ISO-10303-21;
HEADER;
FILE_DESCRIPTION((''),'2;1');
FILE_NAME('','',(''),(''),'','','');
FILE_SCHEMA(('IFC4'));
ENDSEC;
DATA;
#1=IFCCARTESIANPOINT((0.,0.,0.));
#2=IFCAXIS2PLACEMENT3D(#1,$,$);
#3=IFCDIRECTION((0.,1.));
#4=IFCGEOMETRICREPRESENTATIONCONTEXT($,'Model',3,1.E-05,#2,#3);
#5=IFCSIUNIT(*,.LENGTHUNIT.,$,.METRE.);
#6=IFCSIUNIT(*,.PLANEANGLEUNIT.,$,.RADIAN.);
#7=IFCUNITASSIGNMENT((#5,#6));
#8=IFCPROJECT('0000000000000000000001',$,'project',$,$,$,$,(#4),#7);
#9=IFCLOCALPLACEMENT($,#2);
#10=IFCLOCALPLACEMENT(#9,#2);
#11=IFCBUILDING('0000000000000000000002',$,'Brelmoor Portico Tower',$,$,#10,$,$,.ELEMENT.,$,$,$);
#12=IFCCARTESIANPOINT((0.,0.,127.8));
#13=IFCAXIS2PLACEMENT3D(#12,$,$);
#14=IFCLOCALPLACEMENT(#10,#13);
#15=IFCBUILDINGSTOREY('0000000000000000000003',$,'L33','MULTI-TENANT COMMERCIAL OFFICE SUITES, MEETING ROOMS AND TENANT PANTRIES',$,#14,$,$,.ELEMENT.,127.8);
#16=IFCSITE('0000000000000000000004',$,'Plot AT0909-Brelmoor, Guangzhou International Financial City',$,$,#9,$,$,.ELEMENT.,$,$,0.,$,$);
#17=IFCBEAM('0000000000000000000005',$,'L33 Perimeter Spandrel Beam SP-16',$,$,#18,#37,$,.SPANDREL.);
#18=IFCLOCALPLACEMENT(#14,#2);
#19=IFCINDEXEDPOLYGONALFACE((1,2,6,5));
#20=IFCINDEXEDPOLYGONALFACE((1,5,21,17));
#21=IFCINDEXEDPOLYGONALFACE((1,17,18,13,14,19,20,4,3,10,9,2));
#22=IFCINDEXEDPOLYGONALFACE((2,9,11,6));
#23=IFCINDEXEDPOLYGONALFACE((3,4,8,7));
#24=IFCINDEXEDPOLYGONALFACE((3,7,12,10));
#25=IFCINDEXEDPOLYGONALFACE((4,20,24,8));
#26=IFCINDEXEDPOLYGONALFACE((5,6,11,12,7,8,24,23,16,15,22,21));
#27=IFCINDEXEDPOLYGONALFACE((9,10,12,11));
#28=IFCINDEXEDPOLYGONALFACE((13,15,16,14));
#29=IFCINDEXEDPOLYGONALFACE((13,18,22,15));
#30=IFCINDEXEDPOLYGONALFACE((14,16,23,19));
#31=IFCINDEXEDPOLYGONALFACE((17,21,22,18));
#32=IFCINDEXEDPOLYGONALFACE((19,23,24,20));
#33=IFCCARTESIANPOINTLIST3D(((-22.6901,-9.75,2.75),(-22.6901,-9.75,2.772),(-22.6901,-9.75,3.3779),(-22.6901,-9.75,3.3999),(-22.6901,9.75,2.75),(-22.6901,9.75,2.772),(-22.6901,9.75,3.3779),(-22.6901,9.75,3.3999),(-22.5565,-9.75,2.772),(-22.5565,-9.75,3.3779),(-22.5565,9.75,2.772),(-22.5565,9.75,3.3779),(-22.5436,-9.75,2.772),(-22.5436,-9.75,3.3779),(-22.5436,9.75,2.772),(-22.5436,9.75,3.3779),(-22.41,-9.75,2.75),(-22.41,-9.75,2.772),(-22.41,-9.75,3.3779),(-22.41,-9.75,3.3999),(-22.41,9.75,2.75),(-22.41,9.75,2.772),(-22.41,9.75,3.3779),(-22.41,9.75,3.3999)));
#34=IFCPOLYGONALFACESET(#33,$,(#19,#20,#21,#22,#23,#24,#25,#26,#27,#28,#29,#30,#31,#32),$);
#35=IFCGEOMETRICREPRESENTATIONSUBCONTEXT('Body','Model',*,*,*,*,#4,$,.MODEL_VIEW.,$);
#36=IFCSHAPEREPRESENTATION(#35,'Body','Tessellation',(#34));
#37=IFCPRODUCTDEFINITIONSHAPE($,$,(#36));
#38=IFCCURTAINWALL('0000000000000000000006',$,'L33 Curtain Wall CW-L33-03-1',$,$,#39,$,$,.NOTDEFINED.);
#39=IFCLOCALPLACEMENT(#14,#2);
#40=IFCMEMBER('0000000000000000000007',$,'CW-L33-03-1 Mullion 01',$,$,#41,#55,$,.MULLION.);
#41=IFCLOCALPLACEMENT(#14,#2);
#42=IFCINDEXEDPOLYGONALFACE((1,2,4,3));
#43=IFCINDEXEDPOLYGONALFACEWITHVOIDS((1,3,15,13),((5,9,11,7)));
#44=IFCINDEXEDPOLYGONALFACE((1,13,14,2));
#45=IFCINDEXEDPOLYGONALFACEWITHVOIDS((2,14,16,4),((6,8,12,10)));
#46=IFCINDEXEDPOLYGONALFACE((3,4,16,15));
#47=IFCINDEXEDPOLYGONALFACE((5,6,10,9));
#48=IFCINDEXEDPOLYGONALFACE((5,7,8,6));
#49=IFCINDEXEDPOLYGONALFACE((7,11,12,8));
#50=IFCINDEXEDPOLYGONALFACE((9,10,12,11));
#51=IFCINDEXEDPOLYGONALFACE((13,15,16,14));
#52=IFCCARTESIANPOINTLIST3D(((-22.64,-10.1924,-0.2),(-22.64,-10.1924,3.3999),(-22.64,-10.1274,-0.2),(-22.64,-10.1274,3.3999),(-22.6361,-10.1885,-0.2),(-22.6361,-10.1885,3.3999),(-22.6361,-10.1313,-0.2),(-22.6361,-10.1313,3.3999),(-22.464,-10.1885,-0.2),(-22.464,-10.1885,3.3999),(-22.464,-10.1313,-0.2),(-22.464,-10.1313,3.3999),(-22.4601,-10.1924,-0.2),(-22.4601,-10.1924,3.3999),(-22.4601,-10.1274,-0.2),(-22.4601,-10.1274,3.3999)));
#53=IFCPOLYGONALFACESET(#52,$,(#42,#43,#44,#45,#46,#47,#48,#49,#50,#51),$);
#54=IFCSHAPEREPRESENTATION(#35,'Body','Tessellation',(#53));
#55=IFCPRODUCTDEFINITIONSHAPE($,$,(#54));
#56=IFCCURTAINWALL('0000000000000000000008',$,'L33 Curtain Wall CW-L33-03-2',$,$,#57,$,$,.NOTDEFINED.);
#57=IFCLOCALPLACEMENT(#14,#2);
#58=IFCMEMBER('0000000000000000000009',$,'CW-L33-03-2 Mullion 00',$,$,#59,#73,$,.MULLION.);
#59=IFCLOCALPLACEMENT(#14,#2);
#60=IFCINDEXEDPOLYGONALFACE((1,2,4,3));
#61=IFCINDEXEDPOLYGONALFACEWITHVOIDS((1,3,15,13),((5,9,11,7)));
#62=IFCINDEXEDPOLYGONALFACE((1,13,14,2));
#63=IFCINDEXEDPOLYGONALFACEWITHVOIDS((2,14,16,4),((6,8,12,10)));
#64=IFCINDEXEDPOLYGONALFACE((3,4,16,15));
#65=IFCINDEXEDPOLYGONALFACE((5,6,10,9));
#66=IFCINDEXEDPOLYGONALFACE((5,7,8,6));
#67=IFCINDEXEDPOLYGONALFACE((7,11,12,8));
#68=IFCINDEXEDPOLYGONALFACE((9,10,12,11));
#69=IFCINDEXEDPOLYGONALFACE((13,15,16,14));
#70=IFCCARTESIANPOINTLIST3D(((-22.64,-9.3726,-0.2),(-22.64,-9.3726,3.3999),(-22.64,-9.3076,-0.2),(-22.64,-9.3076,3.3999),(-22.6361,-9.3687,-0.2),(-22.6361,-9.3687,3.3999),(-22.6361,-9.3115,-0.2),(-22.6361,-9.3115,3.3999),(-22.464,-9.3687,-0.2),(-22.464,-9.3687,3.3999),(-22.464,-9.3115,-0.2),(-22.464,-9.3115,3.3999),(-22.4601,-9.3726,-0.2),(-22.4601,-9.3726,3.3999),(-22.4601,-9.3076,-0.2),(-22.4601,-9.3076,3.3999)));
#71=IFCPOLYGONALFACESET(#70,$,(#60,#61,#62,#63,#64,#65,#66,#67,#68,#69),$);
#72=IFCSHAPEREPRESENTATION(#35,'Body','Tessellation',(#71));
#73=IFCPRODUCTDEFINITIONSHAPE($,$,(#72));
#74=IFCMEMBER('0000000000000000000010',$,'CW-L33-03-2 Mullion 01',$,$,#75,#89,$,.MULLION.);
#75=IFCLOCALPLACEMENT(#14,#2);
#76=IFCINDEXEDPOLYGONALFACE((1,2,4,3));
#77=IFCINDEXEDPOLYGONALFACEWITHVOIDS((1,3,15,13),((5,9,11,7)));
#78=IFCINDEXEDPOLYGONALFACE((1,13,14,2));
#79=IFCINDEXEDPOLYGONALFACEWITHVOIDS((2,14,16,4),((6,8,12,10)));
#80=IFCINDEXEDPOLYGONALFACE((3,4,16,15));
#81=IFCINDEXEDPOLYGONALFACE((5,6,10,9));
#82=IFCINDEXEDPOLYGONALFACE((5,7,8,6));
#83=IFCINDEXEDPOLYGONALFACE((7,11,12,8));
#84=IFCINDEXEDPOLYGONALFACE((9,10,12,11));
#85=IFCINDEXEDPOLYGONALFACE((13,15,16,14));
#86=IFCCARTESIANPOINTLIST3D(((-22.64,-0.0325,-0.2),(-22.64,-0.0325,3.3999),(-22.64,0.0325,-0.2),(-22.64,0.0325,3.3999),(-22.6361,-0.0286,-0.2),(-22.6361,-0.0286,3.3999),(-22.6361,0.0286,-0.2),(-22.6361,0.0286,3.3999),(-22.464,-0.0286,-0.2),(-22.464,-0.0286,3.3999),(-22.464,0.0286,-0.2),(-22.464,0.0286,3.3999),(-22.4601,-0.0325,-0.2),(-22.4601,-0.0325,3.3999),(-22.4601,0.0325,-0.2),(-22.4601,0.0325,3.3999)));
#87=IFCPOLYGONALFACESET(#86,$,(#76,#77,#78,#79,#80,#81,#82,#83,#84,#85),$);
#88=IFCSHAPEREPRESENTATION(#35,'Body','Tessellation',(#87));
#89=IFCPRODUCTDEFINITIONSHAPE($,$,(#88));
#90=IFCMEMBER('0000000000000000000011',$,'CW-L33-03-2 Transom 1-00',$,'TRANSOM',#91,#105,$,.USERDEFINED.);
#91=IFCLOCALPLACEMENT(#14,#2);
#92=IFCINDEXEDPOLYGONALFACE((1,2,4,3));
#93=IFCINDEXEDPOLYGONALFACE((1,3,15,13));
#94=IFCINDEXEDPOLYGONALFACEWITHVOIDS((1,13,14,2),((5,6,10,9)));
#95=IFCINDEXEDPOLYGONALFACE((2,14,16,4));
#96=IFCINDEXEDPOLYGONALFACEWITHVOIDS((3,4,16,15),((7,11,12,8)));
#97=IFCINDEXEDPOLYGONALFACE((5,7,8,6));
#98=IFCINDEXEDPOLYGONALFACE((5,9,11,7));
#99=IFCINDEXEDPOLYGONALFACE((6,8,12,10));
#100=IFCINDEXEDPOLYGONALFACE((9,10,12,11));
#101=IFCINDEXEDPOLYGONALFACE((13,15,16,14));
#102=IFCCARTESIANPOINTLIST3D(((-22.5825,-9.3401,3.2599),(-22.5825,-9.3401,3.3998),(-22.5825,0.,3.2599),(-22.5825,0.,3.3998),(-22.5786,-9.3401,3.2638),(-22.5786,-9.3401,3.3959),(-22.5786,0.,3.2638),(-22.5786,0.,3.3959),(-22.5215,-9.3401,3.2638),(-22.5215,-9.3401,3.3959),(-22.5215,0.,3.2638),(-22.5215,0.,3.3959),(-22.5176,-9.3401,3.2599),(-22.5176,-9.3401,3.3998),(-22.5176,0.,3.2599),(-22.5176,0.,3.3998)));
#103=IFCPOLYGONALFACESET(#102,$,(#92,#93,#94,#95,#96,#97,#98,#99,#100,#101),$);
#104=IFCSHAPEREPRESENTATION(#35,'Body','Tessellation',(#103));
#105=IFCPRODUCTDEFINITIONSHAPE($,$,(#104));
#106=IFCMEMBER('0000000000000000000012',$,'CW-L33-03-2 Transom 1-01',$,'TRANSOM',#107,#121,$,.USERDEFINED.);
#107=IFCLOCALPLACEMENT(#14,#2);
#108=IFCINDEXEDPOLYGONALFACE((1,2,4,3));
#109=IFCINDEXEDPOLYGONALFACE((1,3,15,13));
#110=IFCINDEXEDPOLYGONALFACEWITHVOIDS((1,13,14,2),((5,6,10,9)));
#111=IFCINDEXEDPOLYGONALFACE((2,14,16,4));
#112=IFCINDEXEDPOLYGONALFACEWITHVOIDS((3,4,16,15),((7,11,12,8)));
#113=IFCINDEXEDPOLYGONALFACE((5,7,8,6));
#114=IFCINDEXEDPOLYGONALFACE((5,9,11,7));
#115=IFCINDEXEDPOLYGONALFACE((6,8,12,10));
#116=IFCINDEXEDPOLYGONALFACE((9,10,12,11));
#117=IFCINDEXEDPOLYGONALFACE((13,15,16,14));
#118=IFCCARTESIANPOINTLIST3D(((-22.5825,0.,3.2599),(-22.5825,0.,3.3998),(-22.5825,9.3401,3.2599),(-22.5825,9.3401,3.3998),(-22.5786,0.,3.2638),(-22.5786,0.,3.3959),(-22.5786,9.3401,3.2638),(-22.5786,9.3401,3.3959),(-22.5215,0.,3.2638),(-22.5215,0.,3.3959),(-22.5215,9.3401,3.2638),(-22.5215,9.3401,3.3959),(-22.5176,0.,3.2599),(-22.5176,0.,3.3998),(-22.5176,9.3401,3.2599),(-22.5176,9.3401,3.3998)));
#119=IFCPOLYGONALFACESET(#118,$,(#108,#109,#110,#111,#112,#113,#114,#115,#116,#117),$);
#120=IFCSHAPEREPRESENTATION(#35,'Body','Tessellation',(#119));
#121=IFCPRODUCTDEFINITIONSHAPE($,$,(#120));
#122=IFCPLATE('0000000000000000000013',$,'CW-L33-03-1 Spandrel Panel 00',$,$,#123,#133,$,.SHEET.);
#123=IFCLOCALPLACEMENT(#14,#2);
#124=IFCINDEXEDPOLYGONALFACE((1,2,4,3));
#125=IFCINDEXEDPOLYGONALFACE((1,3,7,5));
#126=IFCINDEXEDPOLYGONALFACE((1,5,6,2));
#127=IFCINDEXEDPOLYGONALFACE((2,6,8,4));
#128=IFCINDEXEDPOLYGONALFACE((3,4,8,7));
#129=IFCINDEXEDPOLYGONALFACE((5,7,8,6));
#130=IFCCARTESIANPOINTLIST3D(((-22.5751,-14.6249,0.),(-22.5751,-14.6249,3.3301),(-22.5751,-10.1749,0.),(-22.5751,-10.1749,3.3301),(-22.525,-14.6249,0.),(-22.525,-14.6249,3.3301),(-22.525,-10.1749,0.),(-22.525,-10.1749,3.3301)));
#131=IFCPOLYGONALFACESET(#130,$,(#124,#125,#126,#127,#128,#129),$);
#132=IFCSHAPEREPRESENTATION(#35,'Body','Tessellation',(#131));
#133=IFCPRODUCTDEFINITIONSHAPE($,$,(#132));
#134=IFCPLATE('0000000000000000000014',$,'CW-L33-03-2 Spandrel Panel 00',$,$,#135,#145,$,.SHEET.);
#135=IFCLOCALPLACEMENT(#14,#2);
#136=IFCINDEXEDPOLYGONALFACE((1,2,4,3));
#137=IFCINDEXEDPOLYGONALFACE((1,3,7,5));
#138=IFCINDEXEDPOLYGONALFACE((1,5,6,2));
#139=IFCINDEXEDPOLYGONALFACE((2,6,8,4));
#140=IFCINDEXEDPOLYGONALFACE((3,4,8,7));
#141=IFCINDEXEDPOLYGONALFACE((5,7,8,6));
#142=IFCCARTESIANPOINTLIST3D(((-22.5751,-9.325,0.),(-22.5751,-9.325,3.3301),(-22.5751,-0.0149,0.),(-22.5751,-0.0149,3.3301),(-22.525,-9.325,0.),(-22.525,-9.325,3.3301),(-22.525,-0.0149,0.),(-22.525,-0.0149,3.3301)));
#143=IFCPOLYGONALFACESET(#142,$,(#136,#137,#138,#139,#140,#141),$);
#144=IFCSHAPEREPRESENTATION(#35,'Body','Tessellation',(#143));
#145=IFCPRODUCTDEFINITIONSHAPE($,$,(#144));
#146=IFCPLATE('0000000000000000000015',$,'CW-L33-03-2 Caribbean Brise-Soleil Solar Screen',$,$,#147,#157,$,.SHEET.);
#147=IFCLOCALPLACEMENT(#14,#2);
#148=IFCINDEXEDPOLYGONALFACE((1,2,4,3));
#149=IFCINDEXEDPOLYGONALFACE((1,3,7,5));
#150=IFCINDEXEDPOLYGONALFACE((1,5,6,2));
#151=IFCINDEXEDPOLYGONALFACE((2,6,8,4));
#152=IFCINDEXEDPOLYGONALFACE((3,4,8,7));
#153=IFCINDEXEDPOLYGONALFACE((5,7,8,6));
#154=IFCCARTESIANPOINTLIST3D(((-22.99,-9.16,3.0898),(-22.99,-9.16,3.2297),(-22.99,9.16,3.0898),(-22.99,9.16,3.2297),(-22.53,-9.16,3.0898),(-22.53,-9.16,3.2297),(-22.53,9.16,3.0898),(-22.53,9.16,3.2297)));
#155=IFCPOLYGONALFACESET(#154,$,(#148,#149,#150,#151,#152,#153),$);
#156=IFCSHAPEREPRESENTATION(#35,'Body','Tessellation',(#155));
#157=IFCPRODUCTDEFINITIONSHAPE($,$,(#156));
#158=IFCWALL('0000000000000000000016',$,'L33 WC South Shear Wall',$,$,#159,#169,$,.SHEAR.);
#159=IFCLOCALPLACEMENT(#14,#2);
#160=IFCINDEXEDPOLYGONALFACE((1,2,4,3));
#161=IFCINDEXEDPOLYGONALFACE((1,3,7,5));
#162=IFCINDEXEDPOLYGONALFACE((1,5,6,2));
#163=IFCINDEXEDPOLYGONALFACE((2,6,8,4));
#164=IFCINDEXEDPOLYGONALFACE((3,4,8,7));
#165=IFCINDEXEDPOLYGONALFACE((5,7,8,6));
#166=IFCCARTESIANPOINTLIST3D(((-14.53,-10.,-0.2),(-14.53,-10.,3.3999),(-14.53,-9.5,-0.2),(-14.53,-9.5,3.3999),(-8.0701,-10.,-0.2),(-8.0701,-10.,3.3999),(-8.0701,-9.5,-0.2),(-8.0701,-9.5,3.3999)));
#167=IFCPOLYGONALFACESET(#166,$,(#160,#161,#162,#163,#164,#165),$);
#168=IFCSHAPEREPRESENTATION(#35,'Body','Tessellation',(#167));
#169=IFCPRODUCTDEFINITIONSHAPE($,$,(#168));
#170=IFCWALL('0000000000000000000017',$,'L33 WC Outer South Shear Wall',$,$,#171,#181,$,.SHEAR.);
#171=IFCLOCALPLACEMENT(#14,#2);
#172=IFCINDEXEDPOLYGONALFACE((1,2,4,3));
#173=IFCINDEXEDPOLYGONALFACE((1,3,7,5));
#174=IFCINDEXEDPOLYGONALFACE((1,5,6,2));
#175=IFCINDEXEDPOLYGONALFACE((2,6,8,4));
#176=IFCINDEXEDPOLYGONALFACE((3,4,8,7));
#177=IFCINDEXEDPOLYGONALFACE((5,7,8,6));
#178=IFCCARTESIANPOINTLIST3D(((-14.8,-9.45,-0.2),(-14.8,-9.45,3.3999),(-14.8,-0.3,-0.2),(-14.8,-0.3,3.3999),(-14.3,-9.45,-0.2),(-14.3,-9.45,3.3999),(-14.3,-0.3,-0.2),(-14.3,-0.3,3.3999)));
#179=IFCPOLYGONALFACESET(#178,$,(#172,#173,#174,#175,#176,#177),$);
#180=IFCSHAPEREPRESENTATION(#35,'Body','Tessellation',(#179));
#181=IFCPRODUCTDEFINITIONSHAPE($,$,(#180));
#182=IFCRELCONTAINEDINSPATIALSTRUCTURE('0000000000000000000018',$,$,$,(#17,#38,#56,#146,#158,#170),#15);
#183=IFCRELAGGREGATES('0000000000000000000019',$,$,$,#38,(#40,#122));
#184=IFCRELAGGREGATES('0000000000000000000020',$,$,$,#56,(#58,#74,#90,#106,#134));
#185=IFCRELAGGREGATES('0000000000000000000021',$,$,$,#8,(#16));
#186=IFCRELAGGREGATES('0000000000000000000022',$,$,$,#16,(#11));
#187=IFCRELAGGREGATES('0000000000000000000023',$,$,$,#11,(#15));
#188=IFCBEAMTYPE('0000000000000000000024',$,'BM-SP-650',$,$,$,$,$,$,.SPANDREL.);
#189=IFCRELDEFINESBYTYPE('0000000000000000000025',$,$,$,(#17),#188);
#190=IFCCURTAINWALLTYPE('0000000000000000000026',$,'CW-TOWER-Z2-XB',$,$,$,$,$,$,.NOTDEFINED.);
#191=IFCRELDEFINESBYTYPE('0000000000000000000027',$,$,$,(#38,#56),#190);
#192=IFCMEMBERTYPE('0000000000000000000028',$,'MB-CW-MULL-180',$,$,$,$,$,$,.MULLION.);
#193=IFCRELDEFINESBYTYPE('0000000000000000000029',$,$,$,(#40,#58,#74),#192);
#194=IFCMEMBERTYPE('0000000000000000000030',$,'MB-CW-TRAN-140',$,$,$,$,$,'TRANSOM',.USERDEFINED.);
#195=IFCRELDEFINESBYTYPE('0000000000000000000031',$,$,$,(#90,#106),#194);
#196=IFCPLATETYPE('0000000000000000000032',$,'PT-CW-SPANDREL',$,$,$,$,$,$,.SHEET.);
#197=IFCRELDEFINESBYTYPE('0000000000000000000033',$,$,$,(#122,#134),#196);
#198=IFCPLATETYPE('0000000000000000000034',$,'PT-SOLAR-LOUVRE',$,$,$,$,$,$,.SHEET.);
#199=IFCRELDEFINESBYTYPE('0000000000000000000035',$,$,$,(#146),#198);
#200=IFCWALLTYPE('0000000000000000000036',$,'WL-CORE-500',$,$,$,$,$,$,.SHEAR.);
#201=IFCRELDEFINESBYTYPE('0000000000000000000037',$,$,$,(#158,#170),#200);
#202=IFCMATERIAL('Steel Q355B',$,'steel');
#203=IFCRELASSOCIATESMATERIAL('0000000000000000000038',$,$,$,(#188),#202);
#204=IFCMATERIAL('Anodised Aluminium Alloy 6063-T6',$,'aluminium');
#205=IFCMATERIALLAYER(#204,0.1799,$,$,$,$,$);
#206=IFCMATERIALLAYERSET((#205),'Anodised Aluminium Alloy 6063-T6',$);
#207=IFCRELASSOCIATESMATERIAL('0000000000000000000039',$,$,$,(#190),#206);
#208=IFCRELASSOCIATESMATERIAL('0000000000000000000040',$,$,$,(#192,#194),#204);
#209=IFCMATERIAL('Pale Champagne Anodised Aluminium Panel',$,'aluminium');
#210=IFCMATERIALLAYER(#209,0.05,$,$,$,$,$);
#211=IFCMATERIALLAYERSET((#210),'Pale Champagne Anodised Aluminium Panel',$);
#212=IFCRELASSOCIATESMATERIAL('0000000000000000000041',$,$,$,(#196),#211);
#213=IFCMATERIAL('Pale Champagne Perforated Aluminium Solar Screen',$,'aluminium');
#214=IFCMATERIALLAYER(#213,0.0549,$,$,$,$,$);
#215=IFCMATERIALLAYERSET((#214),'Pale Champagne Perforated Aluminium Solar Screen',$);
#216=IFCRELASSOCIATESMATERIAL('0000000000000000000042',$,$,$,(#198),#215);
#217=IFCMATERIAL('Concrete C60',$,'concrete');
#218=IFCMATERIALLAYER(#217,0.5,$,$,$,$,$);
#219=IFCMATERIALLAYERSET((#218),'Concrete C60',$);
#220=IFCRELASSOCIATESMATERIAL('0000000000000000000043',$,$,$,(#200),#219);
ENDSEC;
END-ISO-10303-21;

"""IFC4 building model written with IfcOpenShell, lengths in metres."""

from ifc_helpers import new_model, si_unit, direction, frame, frame_2d, origin, origin_2d, place, context, subcontext, project, spatial, rectangle, hollow_rectangle, i_section, extrude, material, layer, layer_set, material_profile, profile_set, type_object, element, aggregate, save


model = new_model("IFC4")

# Units and contexts
model_context = context("Model", 3, precision=1e-05, world=origin(), true_north=direction((0.0, 1.0)))
body_context = subcontext(model_context, "Body", "Model", "MODEL_VIEW")
ifc_project = project(units=[si_unit("LENGTHUNIT", "METRE"), si_unit("PLANEANGLEUNIT", "RADIAN")], contexts=[model_context])

# Site, building, storey
site_placement = place(None, origin())
site = spatial("IfcSite", under=ifc_project, at=site_placement, Name="Plot AT0909-Brelmoor, Guangzhou International Financial City", CompositionType="ELEMENT", RefElevation=0.0)
building_placement = place(site_placement, origin())
building = spatial("IfcBuilding", under=site, at=building_placement, Name="Brelmoor Portico Tower", CompositionType="ELEMENT")
storey_placement = place(building_placement, frame((0.0, 0.0, 127.8)))
storey = spatial("IfcBuildingStorey", under=building, at=storey_placement, Name="L33", Description="MULTI-TENANT COMMERCIAL OFFICE SUITES, MEETING ROOMS AND TENANT PANTRIES", CompositionType="ELEMENT", Elevation=127.8)

# Shared definitions
ifc_material_1 = material(Name="Steel Q355B", Category="steel")

# Beam
ifc_material_profile_1 = material_profile(ifc_material_1, i_section(OverallWidth=0.28, OverallDepth=0.6499, WebThickness=0.0129, FlangeThickness=0.022, at=origin_2d()), Name="HN 650x280x13x22")
ifc_profile_set_1 = profile_set([ifc_material_profile_1], Name="Steel Q355B")
beam_type_1 = type_object("IfcBeamType", Name="BM-SP-650", PredefinedType="SPANDREL", material=ifc_profile_set_1)
beam_1_placement = place(storey_placement, frame((-22.55, -9.75, 3.075), z_axis=(0.0, 1.0, 0.0), x_axis=(-1.0, 0.0, 0.0)))
element("IfcBeam", 1, at=beam_1_placement, inside=storey, type_object=beam_type_1, Name="L33 Perimeter Spandrel Beam SP-16", PredefinedType="SPANDREL", context=body_context, shape_type="SweptSolid", body=[
    extrude(i_section(OverallWidth=0.28, OverallDepth=0.6499, WebThickness=0.0129, FlangeThickness=0.022, at=origin_2d()), origin(), (0.0, 0.0, 1.0), 19.5),
])

# Curtain wall, member
ifc_material_2 = material(Name="Anodised Aluminium Alloy 6063-T6", Category="aluminium")
ifc_layer_1 = layer(ifc_material_2, 0.1799)
ifc_layer_set_1 = layer_set([ifc_layer_1], Name="Anodised Aluminium Alloy 6063-T6")
curtain_wall_type = type_object("IfcCurtainWallType", Name="CW-TOWER-Z2-XB", PredefinedType="NOTDEFINED", material=ifc_layer_set_1)
curtain_wall_1_placement = place(storey_placement, origin())
curtain_wall_1 = element("IfcCurtainWall", 2, at=curtain_wall_1_placement, inside=storey, type_object=curtain_wall_type, Name="L33 Curtain Wall CW-L33-03-1", PredefinedType="NOTDEFINED")
ifc_material_profile_2 = material_profile(ifc_material_2, hollow_rectangle(XDim=0.0649, YDim=0.1799, WallThickness=0.0039, at=origin_2d()), Name="ALU MULLION 65x180")
ifc_profile_set_2 = profile_set([ifc_material_profile_2], Name="Anodised Aluminium Alloy 6063-T6")
member_type_1 = type_object("IfcMemberType", Name="MB-CW-MULL-180", PredefinedType="MULLION", material=ifc_profile_set_2)
member_1_placement = place(storey_placement, frame((-22.55, -10.1599, -0.2), z_axis=(0.0, 0.0, 1.0), x_axis=(0.0, 1.0, 0.0)))
member_1 = element("IfcMember", 3, at=member_1_placement, type_object=member_type_1, Name="CW-L33-03-1 Mullion 01", PredefinedType="MULLION", context=body_context, shape_type="SweptSolid", body=[
    extrude(hollow_rectangle(XDim=0.0649, YDim=0.1799, WallThickness=0.0039, at=origin_2d()), origin(), (0.0, 0.0, 1.0), 3.5999),
])

# Curtain wall, members
curtain_wall_2_placement = place(storey_placement, origin())
curtain_wall_2 = element("IfcCurtainWall", 4, at=curtain_wall_2_placement, inside=storey, type_object=curtain_wall_type, Name="L33 Curtain Wall CW-L33-03-2", PredefinedType="NOTDEFINED")
member_2_placement = place(storey_placement, frame((-22.55, -9.3401, -0.2), z_axis=(0.0, 0.0, 1.0), x_axis=(0.0, 1.0, 0.0)))
member_2 = element("IfcMember", 5, at=member_2_placement, type_object=member_type_1, Name="CW-L33-03-2 Mullion 00", PredefinedType="MULLION", context=body_context, shape_type="SweptSolid", body=[
    extrude(hollow_rectangle(XDim=0.0649, YDim=0.1799, WallThickness=0.0039, at=origin_2d()), origin(), (0.0, 0.0, 1.0), 3.5999),
])
member_3_placement = place(storey_placement, frame((-22.55, 0.0, -0.2), z_axis=(0.0, 0.0, 1.0), x_axis=(0.0, 1.0, 0.0)))
member_3 = element("IfcMember", 6, at=member_3_placement, type_object=member_type_1, Name="CW-L33-03-2 Mullion 01", PredefinedType="MULLION", context=body_context, shape_type="SweptSolid", body=[
    extrude(hollow_rectangle(XDim=0.0649, YDim=0.1799, WallThickness=0.0039, at=origin_2d()), origin(), (0.0, 0.0, 1.0), 3.5999),
])
ifc_material_profile_3 = material_profile(ifc_material_2, hollow_rectangle(XDim=0.0649, YDim=0.1399, WallThickness=0.0039, at=origin_2d()), Name="ALU TRANSOM 65x140")
ifc_profile_set_3 = profile_set([ifc_material_profile_3], Name="Anodised Aluminium Alloy 6063-T6")
member_type_2 = type_object("IfcMemberType", Name="MB-CW-TRAN-140", ElementType="TRANSOM", PredefinedType="USERDEFINED", material=ifc_profile_set_3)
member_4_placement = place(storey_placement, frame((-22.55, -9.3401, 3.3298), z_axis=(0.0, 1.0, 0.0), x_axis=(-1.0, 0.0, 0.0)))
member_4 = element("IfcMember", 7, at=member_4_placement, type_object=member_type_2, Name="CW-L33-03-2 Transom 1-00", ObjectType="TRANSOM", PredefinedType="USERDEFINED", context=body_context, shape_type="SweptSolid", body=[
    extrude(hollow_rectangle(XDim=0.0649, YDim=0.1399, WallThickness=0.0039, at=origin_2d()), origin(), (0.0, 0.0, 1.0), 9.3401),
])
member_5_placement = place(storey_placement, frame((-22.55, 0.0, 3.3298), z_axis=(0.0, 1.0, 0.0), x_axis=(-1.0, 0.0, 0.0)))
member_5 = element("IfcMember", 8, at=member_5_placement, type_object=member_type_2, Name="CW-L33-03-2 Transom 1-01", ObjectType="TRANSOM", PredefinedType="USERDEFINED", context=body_context, shape_type="SweptSolid", body=[
    extrude(hollow_rectangle(XDim=0.0649, YDim=0.1399, WallThickness=0.0039, at=origin_2d()), origin(), (0.0, 0.0, 1.0), 9.3401),
])

# Plates
ifc_material_3 = material(Name="Pale Champagne Anodised Aluminium Panel", Category="aluminium")
ifc_layer_2 = layer(ifc_material_3, 0.05)
ifc_layer_set_2 = layer_set([ifc_layer_2], Name="Pale Champagne Anodised Aluminium Panel")
plate_type_1 = type_object("IfcPlateType", Name="PT-CW-SPANDREL", PredefinedType="SHEET", material=ifc_layer_set_2)
plate_1_placement = place(storey_placement, frame((-22.55, -12.3999, 0.0), z_axis=(0.0, 0.0, 1.0), x_axis=(0.0, 1.0, 0.0)))
plate_1 = element("IfcPlate", 9, at=plate_1_placement, type_object=plate_type_1, Name="CW-L33-03-1 Spandrel Panel 00", PredefinedType="SHEET", context=body_context, shape_type="SweptSolid", body=[
    extrude(rectangle(XDim=4.45, YDim=0.05, at=origin_2d()), origin(), (0.0, 0.0, 1.0), 3.3301),
])
aggregate(curtain_wall_1, [member_1, plate_1])
plate_2_placement = place(storey_placement, frame((-22.55, -4.6699, 0.0), z_axis=(0.0, 0.0, 1.0), x_axis=(0.0, 1.0, 0.0)))
plate_2 = element("IfcPlate", 10, at=plate_2_placement, type_object=plate_type_1, Name="CW-L33-03-2 Spandrel Panel 00", PredefinedType="SHEET", context=body_context, shape_type="SweptSolid", body=[
    extrude(rectangle(XDim=9.3101, YDim=0.05, at=origin_2d()), origin(), (0.0, 0.0, 1.0), 3.3301),
])
aggregate(curtain_wall_2, [member_2, member_3, member_4, member_5, plate_2])
ifc_material_4 = material(Name="Pale Champagne Perforated Aluminium Solar Screen", Category="aluminium")
ifc_layer_3 = layer(ifc_material_4, 0.0549)
ifc_layer_set_3 = layer_set([ifc_layer_3], Name="Pale Champagne Perforated Aluminium Solar Screen")
plate_type_2 = type_object("IfcPlateType", Name="PT-SOLAR-LOUVRE", PredefinedType="SHEET", material=ifc_layer_set_3)
plate_3_placement = place(storey_placement, frame((-22.76, 0.0, 3.0898), z_axis=(0.0, 0.0, 1.0), x_axis=(0.0, 1.0, 0.0)))
element("IfcPlate", 11, at=plate_3_placement, inside=storey, type_object=plate_type_2, Name="CW-L33-03-2 Caribbean Brise-Soleil Solar Screen", PredefinedType="SHEET", context=body_context, shape_type="SweptSolid", body=[
    extrude(rectangle(XDim=18.3201, YDim=0.46, at=origin_2d()), origin(), (0.0, 0.0, 1.0), 0.1399),
])

# Walls
ifc_material_5 = material(Name="Concrete C60", Category="concrete")
ifc_layer_4 = layer(ifc_material_5, 0.5)
ifc_layer_set_4 = layer_set([ifc_layer_4], Name="Concrete C60")
wall_type_1 = type_object("IfcWallType", Name="WL-CORE-500", PredefinedType="SHEAR", material=ifc_layer_set_4)
wall_1_placement = place(storey_placement, frame((-14.53, -9.75, -0.2), z_axis=(0.0, 0.0, 1.0), x_axis=(1.0, 0.0, 0.0)))
element("IfcWall", 12, at=wall_1_placement, inside=storey, type_object=wall_type_1, Name="L33 WC South Shear Wall", PredefinedType="SHEAR", context=body_context, shape_type="SweptSolid", body=[
    extrude(rectangle(XDim=6.46, YDim=0.5, at=frame_2d((3.23, 0.0))), origin(), (0.0, 0.0, 1.0), 3.5999),
])
wall_2_placement = place(storey_placement, frame((-14.55, -9.45, -0.2), z_axis=(0.0, 0.0, 1.0), x_axis=(0.0, 1.0, 0.0)))
element("IfcWall", 13, at=wall_2_placement, inside=storey, type_object=wall_type_1, Name="L33 WC Outer South Shear Wall", PredefinedType="SHEAR", context=body_context, shape_type="SweptSolid", body=[
    extrude(rectangle(XDim=9.1499, YDim=0.5, at=frame_2d((4.575, 0.0))), origin(), (0.0, 0.0, 1.0), 3.5999),
])

save(model, "model.ifc")
